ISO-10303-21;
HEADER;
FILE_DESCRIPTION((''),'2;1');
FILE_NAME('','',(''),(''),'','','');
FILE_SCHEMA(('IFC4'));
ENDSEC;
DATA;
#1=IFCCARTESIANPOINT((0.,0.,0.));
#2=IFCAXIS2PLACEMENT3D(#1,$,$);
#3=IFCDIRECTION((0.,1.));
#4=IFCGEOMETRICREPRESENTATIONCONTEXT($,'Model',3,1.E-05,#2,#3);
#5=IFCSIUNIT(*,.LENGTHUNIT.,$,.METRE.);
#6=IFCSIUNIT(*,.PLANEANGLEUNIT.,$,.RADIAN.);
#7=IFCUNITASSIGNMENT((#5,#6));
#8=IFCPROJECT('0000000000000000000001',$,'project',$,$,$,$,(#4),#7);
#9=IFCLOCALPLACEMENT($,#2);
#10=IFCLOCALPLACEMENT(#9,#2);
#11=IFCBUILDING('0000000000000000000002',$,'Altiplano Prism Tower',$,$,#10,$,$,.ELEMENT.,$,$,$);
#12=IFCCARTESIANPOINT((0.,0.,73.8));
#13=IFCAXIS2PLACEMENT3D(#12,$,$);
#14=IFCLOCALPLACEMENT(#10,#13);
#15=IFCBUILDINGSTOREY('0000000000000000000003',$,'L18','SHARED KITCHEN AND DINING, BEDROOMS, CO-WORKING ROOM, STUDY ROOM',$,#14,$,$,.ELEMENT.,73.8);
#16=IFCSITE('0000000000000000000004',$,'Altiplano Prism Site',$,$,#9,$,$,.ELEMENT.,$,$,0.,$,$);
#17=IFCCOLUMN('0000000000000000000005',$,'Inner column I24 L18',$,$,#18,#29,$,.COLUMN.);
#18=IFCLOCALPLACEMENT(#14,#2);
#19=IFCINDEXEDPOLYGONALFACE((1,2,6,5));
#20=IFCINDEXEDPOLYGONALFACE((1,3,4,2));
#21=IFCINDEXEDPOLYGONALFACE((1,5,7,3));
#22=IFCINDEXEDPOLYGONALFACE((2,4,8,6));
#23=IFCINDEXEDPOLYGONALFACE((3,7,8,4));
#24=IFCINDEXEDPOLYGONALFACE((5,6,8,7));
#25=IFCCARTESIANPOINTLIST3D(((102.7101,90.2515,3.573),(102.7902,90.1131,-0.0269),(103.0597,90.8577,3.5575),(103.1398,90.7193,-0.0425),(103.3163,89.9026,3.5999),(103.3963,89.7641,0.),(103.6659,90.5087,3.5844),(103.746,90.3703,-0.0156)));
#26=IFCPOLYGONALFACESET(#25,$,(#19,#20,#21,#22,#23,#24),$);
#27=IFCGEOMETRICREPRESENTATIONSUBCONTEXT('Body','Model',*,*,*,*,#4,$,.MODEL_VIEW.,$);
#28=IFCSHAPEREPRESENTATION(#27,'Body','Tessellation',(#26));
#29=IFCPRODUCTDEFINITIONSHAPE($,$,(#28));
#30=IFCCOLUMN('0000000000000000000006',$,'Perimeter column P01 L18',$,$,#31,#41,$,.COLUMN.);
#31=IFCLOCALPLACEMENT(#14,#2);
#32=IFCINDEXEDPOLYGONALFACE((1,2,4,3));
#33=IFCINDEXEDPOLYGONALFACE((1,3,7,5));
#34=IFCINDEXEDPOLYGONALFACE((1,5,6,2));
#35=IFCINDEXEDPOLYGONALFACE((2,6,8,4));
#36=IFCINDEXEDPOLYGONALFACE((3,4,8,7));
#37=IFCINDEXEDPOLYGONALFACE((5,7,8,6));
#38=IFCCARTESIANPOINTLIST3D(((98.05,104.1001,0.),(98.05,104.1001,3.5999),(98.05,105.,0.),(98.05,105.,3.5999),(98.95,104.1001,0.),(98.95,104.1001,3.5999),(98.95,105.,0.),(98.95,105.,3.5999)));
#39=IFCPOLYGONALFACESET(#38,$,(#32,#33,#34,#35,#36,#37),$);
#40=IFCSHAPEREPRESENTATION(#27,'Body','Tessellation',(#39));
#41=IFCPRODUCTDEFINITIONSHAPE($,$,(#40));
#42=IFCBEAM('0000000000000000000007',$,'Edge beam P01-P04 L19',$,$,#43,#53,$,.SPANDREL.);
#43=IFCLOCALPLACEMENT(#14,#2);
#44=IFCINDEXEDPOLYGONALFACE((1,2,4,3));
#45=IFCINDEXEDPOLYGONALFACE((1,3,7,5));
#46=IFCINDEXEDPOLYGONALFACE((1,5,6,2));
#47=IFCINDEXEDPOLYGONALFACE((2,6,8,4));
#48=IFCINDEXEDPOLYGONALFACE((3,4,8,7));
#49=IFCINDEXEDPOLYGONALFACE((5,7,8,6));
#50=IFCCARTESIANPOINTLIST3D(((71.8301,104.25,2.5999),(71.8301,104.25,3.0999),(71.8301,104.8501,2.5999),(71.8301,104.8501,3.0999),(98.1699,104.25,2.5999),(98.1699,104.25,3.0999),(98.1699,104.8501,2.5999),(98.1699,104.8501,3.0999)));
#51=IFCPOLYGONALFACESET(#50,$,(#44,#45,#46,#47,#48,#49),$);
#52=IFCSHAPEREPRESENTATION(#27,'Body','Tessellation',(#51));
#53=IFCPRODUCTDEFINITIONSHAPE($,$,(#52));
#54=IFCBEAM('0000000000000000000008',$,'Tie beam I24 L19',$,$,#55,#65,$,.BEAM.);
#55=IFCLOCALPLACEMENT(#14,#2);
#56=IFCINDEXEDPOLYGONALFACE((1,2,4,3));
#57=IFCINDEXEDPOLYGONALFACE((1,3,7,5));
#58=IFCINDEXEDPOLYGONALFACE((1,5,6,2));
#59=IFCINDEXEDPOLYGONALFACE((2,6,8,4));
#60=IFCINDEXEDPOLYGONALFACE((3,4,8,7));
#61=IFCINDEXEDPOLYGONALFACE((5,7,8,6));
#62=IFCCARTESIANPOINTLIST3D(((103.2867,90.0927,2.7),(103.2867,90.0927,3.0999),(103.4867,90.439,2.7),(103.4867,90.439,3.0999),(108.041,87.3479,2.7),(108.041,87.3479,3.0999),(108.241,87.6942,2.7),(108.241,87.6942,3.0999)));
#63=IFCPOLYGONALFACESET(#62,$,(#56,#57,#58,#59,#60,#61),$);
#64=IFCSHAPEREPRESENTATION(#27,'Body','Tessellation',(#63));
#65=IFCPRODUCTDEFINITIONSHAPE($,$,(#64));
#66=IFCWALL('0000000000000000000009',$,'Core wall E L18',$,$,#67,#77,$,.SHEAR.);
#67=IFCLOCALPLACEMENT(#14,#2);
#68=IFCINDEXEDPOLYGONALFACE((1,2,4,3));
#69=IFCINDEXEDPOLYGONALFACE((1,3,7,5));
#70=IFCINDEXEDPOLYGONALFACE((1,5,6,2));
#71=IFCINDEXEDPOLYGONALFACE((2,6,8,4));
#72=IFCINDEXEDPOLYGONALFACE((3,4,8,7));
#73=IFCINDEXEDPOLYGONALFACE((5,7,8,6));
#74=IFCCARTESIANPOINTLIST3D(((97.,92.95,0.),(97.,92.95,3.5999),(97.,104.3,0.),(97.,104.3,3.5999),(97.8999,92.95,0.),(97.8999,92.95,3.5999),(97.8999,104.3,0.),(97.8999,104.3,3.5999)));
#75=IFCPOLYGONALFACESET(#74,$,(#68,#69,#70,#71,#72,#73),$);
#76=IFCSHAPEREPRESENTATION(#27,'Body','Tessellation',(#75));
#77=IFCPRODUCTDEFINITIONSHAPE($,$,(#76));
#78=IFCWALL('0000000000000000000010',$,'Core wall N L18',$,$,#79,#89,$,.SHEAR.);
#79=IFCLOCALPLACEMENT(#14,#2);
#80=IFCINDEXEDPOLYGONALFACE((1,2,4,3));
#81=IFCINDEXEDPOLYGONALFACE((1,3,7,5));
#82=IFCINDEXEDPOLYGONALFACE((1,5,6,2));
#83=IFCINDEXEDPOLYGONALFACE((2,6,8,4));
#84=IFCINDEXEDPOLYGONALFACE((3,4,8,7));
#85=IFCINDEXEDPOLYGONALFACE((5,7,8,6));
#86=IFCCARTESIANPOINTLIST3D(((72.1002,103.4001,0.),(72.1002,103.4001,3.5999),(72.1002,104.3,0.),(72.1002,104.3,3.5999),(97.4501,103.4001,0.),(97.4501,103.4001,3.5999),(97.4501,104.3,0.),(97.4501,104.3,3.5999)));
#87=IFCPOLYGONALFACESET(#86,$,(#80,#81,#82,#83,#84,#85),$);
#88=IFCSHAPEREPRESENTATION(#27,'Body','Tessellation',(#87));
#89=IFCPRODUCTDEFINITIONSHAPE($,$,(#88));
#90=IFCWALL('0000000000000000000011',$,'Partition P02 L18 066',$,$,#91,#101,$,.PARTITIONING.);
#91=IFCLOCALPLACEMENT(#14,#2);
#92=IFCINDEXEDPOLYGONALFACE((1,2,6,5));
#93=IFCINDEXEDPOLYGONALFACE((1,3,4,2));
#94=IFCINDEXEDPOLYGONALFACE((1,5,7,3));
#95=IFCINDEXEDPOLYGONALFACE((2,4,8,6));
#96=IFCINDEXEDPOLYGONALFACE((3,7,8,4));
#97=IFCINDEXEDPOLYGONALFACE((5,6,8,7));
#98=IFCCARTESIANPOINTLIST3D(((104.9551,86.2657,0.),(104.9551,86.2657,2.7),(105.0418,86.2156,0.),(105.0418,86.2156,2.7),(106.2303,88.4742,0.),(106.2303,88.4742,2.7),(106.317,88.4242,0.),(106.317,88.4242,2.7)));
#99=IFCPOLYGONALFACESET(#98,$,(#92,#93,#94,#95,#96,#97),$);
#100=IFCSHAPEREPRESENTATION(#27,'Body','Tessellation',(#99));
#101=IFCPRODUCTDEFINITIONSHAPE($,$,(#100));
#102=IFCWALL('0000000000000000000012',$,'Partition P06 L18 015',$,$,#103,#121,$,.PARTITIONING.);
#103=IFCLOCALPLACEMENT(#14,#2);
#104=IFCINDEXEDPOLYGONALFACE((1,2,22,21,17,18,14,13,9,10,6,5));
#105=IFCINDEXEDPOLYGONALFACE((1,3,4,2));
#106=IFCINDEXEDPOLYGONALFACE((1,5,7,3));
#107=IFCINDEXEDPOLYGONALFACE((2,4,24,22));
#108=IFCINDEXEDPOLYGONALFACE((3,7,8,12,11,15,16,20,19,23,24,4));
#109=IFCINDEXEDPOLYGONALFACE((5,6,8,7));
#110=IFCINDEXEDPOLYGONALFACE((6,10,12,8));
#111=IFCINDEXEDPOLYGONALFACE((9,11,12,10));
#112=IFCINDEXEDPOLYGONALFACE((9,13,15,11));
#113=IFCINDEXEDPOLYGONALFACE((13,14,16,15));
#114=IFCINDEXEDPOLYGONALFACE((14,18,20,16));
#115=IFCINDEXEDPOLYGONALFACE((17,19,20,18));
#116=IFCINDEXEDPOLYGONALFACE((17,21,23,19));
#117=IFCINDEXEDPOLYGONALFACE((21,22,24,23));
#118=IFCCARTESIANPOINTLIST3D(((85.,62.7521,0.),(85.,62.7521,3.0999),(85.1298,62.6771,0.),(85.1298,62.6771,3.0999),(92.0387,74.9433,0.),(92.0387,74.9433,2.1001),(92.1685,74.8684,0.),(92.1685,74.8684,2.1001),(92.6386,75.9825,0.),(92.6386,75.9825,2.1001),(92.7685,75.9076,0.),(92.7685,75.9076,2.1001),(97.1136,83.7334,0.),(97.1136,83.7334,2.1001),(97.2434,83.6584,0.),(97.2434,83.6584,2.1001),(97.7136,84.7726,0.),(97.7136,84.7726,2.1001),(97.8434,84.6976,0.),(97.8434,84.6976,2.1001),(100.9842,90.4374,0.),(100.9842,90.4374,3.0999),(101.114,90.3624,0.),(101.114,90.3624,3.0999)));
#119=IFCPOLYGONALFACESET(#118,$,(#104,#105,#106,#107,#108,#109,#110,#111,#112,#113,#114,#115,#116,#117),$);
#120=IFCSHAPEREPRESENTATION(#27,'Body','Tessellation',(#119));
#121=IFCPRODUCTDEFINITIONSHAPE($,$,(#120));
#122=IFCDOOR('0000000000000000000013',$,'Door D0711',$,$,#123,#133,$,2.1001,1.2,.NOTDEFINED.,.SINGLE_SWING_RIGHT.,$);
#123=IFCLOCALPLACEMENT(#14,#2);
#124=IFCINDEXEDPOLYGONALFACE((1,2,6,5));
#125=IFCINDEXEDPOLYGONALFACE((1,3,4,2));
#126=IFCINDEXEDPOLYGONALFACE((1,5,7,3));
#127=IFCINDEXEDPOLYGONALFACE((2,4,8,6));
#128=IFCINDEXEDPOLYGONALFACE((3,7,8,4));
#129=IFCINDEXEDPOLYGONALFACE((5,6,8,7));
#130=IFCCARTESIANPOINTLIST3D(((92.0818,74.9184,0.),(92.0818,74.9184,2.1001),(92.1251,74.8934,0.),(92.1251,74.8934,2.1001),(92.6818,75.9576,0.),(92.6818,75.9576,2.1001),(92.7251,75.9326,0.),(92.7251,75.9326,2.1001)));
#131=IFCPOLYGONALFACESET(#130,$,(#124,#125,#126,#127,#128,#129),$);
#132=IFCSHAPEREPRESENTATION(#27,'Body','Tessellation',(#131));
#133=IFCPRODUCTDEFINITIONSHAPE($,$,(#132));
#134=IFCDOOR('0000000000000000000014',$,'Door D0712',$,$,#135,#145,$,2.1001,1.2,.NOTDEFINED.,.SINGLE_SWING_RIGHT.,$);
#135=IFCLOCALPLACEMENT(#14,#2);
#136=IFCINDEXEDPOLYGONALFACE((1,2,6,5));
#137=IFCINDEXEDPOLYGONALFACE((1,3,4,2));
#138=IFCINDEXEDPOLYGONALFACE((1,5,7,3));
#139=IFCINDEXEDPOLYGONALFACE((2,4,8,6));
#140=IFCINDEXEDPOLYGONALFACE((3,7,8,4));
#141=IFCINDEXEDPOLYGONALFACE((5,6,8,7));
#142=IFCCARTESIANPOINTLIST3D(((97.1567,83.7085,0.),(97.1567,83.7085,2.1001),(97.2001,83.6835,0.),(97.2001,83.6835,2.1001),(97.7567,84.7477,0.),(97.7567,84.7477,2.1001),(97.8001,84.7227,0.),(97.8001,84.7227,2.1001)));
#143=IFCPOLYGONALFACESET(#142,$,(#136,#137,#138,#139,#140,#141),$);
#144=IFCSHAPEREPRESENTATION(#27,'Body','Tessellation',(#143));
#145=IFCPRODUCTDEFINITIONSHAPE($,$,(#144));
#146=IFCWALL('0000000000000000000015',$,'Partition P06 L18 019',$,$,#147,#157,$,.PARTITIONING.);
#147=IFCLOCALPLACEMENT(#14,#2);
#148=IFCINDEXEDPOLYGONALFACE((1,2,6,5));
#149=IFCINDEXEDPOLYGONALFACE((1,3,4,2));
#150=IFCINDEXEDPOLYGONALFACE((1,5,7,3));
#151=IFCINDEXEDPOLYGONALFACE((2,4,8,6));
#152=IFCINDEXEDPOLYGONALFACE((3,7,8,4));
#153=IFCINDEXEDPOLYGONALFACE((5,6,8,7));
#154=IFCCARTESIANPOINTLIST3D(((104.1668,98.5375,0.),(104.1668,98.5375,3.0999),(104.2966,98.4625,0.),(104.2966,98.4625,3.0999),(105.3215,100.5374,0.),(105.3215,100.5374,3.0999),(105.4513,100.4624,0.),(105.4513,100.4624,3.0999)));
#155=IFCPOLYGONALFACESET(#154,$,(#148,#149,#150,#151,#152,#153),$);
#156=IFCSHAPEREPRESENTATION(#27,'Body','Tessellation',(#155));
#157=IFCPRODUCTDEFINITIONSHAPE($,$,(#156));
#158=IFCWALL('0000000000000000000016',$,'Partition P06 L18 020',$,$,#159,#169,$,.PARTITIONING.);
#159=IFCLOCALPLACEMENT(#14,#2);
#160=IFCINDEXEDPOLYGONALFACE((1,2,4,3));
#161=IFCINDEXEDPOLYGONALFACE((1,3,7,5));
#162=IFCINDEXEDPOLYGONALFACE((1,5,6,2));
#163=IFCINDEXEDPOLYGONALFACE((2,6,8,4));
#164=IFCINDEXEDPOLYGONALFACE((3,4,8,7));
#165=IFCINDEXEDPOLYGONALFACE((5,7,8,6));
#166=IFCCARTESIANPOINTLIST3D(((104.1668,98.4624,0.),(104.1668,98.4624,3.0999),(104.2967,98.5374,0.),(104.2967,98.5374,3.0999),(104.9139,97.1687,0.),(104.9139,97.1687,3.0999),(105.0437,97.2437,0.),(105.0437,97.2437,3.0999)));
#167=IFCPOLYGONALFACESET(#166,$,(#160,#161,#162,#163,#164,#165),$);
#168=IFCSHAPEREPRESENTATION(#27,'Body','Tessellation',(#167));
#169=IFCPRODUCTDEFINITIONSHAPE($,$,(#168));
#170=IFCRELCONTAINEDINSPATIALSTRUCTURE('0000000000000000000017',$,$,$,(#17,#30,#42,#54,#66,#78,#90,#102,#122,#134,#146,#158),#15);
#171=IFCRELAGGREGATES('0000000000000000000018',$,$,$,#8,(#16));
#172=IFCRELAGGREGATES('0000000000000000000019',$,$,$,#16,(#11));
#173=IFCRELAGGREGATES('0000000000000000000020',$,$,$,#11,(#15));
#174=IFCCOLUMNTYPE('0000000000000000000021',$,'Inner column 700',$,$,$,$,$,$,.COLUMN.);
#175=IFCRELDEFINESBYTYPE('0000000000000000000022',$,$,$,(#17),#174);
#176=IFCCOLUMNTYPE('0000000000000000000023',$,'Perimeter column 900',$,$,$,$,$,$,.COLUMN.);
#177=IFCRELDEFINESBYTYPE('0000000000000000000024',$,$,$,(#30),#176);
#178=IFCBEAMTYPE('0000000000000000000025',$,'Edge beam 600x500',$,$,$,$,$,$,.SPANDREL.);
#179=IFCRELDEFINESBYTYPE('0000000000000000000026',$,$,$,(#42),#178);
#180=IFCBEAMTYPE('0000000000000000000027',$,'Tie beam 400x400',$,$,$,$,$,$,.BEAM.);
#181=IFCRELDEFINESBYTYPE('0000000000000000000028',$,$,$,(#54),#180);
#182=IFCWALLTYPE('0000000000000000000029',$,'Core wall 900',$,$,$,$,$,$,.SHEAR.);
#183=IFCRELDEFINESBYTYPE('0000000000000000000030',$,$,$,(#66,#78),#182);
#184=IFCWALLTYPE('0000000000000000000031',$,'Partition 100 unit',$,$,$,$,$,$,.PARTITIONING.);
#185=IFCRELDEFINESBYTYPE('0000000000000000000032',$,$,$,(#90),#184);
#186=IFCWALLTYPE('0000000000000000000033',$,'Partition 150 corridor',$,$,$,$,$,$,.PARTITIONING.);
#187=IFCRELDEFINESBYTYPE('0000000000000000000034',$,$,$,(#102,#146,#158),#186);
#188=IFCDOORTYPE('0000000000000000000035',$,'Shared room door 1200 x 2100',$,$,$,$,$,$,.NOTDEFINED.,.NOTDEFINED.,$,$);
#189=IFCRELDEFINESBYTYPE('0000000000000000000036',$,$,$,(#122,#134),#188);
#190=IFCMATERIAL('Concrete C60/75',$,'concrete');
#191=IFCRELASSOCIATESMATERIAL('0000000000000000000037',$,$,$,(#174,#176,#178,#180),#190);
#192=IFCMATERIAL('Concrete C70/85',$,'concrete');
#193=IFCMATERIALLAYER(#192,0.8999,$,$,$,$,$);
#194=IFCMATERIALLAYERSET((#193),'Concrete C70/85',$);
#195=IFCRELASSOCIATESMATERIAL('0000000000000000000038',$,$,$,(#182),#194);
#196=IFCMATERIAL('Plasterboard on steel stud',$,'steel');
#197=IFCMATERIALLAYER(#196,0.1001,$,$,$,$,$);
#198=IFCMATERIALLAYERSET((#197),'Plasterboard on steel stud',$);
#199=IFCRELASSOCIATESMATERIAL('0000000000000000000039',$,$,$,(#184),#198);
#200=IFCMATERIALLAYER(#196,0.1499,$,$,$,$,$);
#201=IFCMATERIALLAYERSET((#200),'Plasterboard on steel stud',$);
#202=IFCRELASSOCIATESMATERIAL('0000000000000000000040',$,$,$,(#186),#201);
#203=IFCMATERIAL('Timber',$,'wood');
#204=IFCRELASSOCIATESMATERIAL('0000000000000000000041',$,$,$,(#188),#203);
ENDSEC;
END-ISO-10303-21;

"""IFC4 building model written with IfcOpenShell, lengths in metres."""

from ifc_helpers import new_model, si_unit, direction, frame, frame_2d, origin, origin_2d, place, context, subcontext, project, spatial, rectangle, extrude, material, layer, layer_set, material_profile, profile_set, type_object, element, fill, save


model = new_model("IFC4")

# Units and contexts
model_context = context("Model", 3, precision=1e-05, world=origin(), true_north=direction((0.0, 1.0)))
body_context = subcontext(model_context, "Body", "Model", "MODEL_VIEW")
ifc_project = project(units=[si_unit("LENGTHUNIT", "METRE"), si_unit("PLANEANGLEUNIT", "RADIAN")], contexts=[model_context])

# Site, building, storey
site_placement = place(None, origin())
site = spatial("IfcSite", under=ifc_project, at=site_placement, Name="Altiplano Prism Site", CompositionType="ELEMENT", RefElevation=0.0)
building_placement = place(site_placement, origin())
building = spatial("IfcBuilding", under=site, at=building_placement, Name="Altiplano Prism Tower", CompositionType="ELEMENT")
storey_placement = place(building_placement, frame((0.0, 0.0, 73.8)))
storey = spatial("IfcBuildingStorey", under=building, at=storey_placement, Name="L18", Description="SHARED KITCHEN AND DINING, BEDROOMS, CO-WORKING ROOM, STUDY ROOM", CompositionType="ELEMENT", Elevation=73.8)

# Columns
ifc_material_1 = material(Name="Concrete C60/75", Category="concrete")
ifc_material_profile_1 = material_profile(ifc_material_1, rectangle(XDim=0.7, YDim=0.7, at=origin_2d()), Name="Inner column 700")
ifc_profile_set_1 = profile_set([ifc_material_profile_1], Name="Concrete C60/75")
column_type_1 = type_object("IfcColumnType", Name="Inner column 700", PredefinedType="COLUMN", material=ifc_profile_set_1)
column_1_placement = place(storey_placement, frame((103.2681, 90.2417, -0.0212), z_axis=(-0.022223, 0.038416, 0.999015), x_axis=(-0.499513, -0.866022, 0.02219)))
element("IfcColumn", 1, at=column_1_placement, inside=storey, type_object=column_type_1, Name="Inner column I24 L18", PredefinedType="COLUMN", context=body_context, shape_type="SweptSolid", body=[
    extrude(rectangle(XDim=0.7, YDim=0.7, at=origin_2d()), origin(), (0.0, 0.0, 1.0), 3.6035),
])
ifc_material_profile_2 = material_profile(ifc_material_1, rectangle(XDim=0.8999, YDim=0.8999, at=origin_2d()), Name="Perimeter column 900")
ifc_profile_set_2 = profile_set([ifc_material_profile_2], Name="Concrete C60/75")
column_type_2 = type_object("IfcColumnType", Name="Perimeter column 900", PredefinedType="COLUMN", material=ifc_profile_set_2)
column_2_placement = place(storey_placement, frame((98.5, 104.55, 0.0), z_axis=(0.0, 0.0, 1.0), x_axis=(1.0, 0.0, 0.0)))
element("IfcColumn", 2, at=column_2_placement, inside=storey, type_object=column_type_2, Name="Perimeter column P01 L18", PredefinedType="COLUMN", context=body_context, shape_type="SweptSolid", body=[
    extrude(rectangle(XDim=0.8999, YDim=0.8999, at=origin_2d()), origin(), (0.0, 0.0, 1.0), 3.5999),
])

# Beams
ifc_material_profile_3 = material_profile(ifc_material_1, rectangle(XDim=0.6001, YDim=0.5, at=origin_2d()), Name="Edge beam 600x500")
ifc_profile_set_3 = profile_set([ifc_material_profile_3], Name="Concrete C60/75")
beam_type_1 = type_object("IfcBeamType", Name="Edge beam 600x500", PredefinedType="SPANDREL", material=ifc_profile_set_3)
beam_1_placement = place(storey_placement, frame((98.1699, 104.55, 2.8499), z_axis=(-1.0, 0.0, 0.0), x_axis=(0.0, -1.0, 0.0)))
element("IfcBeam", 3, at=beam_1_placement, inside=storey, type_object=beam_type_1, Name="Edge beam P01-P04 L19", PredefinedType="SPANDREL", context=body_context, shape_type="SweptSolid", body=[
    extrude(rectangle(XDim=0.6001, YDim=0.5, at=origin_2d()), origin(), (0.0, 0.0, 1.0), 26.3398),
])
ifc_material_profile_4 = material_profile(ifc_material_1, rectangle(XDim=0.3999, YDim=0.3999, at=origin_2d()), Name="Tie beam 400x400")
ifc_profile_set_4 = profile_set([ifc_material_profile_4], Name="Concrete C60/75")
beam_type_2 = type_object("IfcBeamType", Name="Tie beam 400x400", PredefinedType="BEAM", material=ifc_profile_set_4)
beam_2_placement = place(storey_placement, frame((103.3867, 90.2659, 2.8999), z_axis=(0.866032, -0.499989, 0.0), x_axis=(0.499989, 0.866032, 0.0)))
element("IfcBeam", 4, at=beam_2_placement, inside=storey, type_object=beam_type_2, Name="Tie beam I24 L19", PredefinedType="BEAM", context=body_context, shape_type="SweptSolid", body=[
    extrude(rectangle(XDim=0.3999, YDim=0.3999, at=origin_2d()), origin(), (0.0, 0.0, 1.0), 5.4897),
])

# Walls
ifc_material_2 = material(Name="Concrete C70/85", Category="concrete")
ifc_layer_1 = layer(ifc_material_2, 0.8999)
ifc_layer_set_1 = layer_set([ifc_layer_1], Name="Concrete C70/85")
wall_type_1 = type_object("IfcWallType", Name="Core wall 900", PredefinedType="SHEAR", material=ifc_layer_set_1)
wall_1_placement = place(storey_placement, frame((97.45, 92.95, 0.0), z_axis=(0.0, 0.0, 1.0), x_axis=(0.0, 1.0, 0.0)))
element("IfcWall", 5, at=wall_1_placement, inside=storey, type_object=wall_type_1, Name="Core wall E L18", PredefinedType="SHEAR", context=body_context, shape_type="SweptSolid", body=[
    extrude(rectangle(XDim=11.3501, YDim=0.8999, at=frame_2d((5.675, 0.0))), origin(), (0.0, 0.0, 1.0), 3.5999),
])
wall_2_placement = place(storey_placement, frame((97.45, 103.8501, 0.0), z_axis=(0.0, 0.0, 1.0), x_axis=(-1.0, 0.0, 0.0)))
element("IfcWall", 6, at=wall_2_placement, inside=storey, type_object=wall_type_1, Name="Core wall N L18", PredefinedType="SHEAR", context=body_context, shape_type="SweptSolid", body=[
    extrude(rectangle(XDim=25.3499, YDim=0.8999, at=frame_2d((12.6748, 0.0))), origin(), (0.0, 0.0, 1.0), 3.5999),
])
ifc_material_3 = material(Name="Plasterboard on steel stud", Category="steel")
ifc_layer_2 = layer(ifc_material_3, 0.1001)
ifc_layer_set_2 = layer_set([ifc_layer_2], Name="Plasterboard on steel stud")
wall_type_2 = type_object("IfcWallType", Name="Partition 100 unit", PredefinedType="PARTITIONING", material=ifc_layer_set_2)
wall_3_placement = place(storey_placement, frame((106.2737, 88.4492, 0.0), z_axis=(0.0, 0.0, 1.0), x_axis=(-0.500021, -0.866013, 0.0)))
element("IfcWall", 7, at=wall_3_placement, inside=storey, type_object=wall_type_2, Name="Partition P02 L18 066", PredefinedType="PARTITIONING", context=body_context, shape_type="SweptSolid", body=[
    extrude(rectangle(XDim=2.5503, YDim=0.1001, at=frame_2d((1.2751, 0.0))), origin(), (0.0, 0.0, 1.0), 2.7),
])

# Wall, openings, doors
ifc_layer_3 = layer(ifc_material_3, 0.1499)
ifc_layer_set_3 = layer_set([ifc_layer_3], Name="Plasterboard on steel stud")
wall_type_3 = type_object("IfcWallType", Name="Partition 150 corridor", PredefinedType="PARTITIONING", material=ifc_layer_set_3)
wall_4_placement = place(storey_placement, frame((101.0491, 90.3999, 0.0), z_axis=(0.0, 0.0, 1.0), x_axis=(-0.5, -0.866025, 0.0)))
wall_4 = element("IfcWall", 8, at=wall_4_placement, inside=storey, type_object=wall_type_3, Name="Partition P06 L18 015", PredefinedType="PARTITIONING", context=body_context, shape_type="SweptSolid", body=[
    extrude(rectangle(XDim=31.9683, YDim=0.1499, at=frame_2d((15.9841, 0.0))), origin(), (0.0, 0.0, 1.0), 3.0999),
])
opening_1_placement = place(wall_4_placement, frame((16.6909, 0.0, 0.0)))
opening_1 = element("IfcOpeningElement", 9, at=opening_1_placement, cuts=wall_4, PredefinedType="OPENING", context=body_context, shape_type="SweptSolid", body=[
    extrude(rectangle(XDim=1.2, YDim=2.1001, at=frame_2d((0.6001, 1.05))), frame((0.0, 0.0854, 0.0), z_axis=(0.0, -1.0, 0.0), x_axis=(1.0, 0.0, 0.0)), (0.0, 0.0, 1.0), 0.1709),
])
opening_2_placement = place(wall_4_placement, frame((6.541, 0.0, 0.0)))
opening_2 = element("IfcOpeningElement", 10, at=opening_2_placement, cuts=wall_4, PredefinedType="OPENING", context=body_context, shape_type="SweptSolid", body=[
    extrude(rectangle(XDim=1.2, YDim=2.1001, at=frame_2d((0.6001, 1.05))), frame((0.0, 0.0854, 0.0), z_axis=(0.0, -1.0, 0.0), x_axis=(1.0, 0.0, 0.0)), (0.0, 0.0, 1.0), 0.1709),
])
ifc_material_4 = material(Name="Timber", Category="wood")
door_type = type_object("IfcDoorType", Name="Shared room door 1200 x 2100", OperationType="NOTDEFINED", PredefinedType="NOTDEFINED", material=ifc_material_4)
door_1_placement = place(opening_1_placement, origin())
door_1 = element("IfcDoor", 11, at=door_1_placement, inside=storey, type_object=door_type, Name="Door D0711", OperationType="SINGLE_SWING_RIGHT", OverallHeight=2.1001, OverallWidth=1.2, PredefinedType="NOTDEFINED", context=body_context, shape_type="SweptSolid", body=[
    extrude(rectangle(XDim=1.2, YDim=2.1001, at=frame_2d((0.6001, 1.05))), frame((0.0, 0.0249, 0.0), z_axis=(0.0, -1.0, 0.0), x_axis=(1.0, 0.0, 0.0)), (0.0, 0.0, 1.0), 0.05),
])
fill(opening_1, door_1)
door_2_placement = place(opening_2_placement, origin())
door_2 = element("IfcDoor", 12, at=door_2_placement, inside=storey, type_object=door_type, Name="Door D0712", OperationType="SINGLE_SWING_RIGHT", OverallHeight=2.1001, OverallWidth=1.2, PredefinedType="NOTDEFINED", context=body_context, shape_type="SweptSolid", body=[
    extrude(rectangle(XDim=1.2, YDim=2.1001, at=frame_2d((0.6001, 1.05))), frame((0.0, 0.0249, 0.0), z_axis=(0.0, -1.0, 0.0), x_axis=(1.0, 0.0, 0.0)), (0.0, 0.0, 1.0), 0.05),
])
fill(opening_2, door_2)

# Walls
wall_5_placement = place(storey_placement, frame((105.3865, 100.5, 0.0), z_axis=(0.0, 0.0, 1.0), x_axis=(-0.500027, -0.86601, 0.0)))
element("IfcWall", 13, at=wall_5_placement, inside=storey, type_object=wall_type_3, Name="Partition P06 L18 019", PredefinedType="PARTITIONING", context=body_context, shape_type="SweptSolid", body=[
    extrude(rectangle(XDim=2.3093, YDim=0.1499, at=frame_2d((1.1548, 0.0))), origin(), (0.0, 0.0, 1.0), 3.0999),
])
wall_6_placement = place(storey_placement, frame((104.2317, 98.5, 0.0), z_axis=(0.0, 0.0, 1.0), x_axis=(0.500076, -0.865981, 0.0)))
element("IfcWall", 14, at=wall_6_placement, inside=storey, type_object=wall_type_3, Name="Partition P06 L18 020", PredefinedType="PARTITIONING", context=body_context, shape_type="SweptSolid", body=[
    extrude(rectangle(XDim=1.4939, YDim=0.1499, at=frame_2d((0.7471, 0.0))), origin(), (0.0, 0.0, 1.0), 3.0999),
])

save(model, "model.ifc")
